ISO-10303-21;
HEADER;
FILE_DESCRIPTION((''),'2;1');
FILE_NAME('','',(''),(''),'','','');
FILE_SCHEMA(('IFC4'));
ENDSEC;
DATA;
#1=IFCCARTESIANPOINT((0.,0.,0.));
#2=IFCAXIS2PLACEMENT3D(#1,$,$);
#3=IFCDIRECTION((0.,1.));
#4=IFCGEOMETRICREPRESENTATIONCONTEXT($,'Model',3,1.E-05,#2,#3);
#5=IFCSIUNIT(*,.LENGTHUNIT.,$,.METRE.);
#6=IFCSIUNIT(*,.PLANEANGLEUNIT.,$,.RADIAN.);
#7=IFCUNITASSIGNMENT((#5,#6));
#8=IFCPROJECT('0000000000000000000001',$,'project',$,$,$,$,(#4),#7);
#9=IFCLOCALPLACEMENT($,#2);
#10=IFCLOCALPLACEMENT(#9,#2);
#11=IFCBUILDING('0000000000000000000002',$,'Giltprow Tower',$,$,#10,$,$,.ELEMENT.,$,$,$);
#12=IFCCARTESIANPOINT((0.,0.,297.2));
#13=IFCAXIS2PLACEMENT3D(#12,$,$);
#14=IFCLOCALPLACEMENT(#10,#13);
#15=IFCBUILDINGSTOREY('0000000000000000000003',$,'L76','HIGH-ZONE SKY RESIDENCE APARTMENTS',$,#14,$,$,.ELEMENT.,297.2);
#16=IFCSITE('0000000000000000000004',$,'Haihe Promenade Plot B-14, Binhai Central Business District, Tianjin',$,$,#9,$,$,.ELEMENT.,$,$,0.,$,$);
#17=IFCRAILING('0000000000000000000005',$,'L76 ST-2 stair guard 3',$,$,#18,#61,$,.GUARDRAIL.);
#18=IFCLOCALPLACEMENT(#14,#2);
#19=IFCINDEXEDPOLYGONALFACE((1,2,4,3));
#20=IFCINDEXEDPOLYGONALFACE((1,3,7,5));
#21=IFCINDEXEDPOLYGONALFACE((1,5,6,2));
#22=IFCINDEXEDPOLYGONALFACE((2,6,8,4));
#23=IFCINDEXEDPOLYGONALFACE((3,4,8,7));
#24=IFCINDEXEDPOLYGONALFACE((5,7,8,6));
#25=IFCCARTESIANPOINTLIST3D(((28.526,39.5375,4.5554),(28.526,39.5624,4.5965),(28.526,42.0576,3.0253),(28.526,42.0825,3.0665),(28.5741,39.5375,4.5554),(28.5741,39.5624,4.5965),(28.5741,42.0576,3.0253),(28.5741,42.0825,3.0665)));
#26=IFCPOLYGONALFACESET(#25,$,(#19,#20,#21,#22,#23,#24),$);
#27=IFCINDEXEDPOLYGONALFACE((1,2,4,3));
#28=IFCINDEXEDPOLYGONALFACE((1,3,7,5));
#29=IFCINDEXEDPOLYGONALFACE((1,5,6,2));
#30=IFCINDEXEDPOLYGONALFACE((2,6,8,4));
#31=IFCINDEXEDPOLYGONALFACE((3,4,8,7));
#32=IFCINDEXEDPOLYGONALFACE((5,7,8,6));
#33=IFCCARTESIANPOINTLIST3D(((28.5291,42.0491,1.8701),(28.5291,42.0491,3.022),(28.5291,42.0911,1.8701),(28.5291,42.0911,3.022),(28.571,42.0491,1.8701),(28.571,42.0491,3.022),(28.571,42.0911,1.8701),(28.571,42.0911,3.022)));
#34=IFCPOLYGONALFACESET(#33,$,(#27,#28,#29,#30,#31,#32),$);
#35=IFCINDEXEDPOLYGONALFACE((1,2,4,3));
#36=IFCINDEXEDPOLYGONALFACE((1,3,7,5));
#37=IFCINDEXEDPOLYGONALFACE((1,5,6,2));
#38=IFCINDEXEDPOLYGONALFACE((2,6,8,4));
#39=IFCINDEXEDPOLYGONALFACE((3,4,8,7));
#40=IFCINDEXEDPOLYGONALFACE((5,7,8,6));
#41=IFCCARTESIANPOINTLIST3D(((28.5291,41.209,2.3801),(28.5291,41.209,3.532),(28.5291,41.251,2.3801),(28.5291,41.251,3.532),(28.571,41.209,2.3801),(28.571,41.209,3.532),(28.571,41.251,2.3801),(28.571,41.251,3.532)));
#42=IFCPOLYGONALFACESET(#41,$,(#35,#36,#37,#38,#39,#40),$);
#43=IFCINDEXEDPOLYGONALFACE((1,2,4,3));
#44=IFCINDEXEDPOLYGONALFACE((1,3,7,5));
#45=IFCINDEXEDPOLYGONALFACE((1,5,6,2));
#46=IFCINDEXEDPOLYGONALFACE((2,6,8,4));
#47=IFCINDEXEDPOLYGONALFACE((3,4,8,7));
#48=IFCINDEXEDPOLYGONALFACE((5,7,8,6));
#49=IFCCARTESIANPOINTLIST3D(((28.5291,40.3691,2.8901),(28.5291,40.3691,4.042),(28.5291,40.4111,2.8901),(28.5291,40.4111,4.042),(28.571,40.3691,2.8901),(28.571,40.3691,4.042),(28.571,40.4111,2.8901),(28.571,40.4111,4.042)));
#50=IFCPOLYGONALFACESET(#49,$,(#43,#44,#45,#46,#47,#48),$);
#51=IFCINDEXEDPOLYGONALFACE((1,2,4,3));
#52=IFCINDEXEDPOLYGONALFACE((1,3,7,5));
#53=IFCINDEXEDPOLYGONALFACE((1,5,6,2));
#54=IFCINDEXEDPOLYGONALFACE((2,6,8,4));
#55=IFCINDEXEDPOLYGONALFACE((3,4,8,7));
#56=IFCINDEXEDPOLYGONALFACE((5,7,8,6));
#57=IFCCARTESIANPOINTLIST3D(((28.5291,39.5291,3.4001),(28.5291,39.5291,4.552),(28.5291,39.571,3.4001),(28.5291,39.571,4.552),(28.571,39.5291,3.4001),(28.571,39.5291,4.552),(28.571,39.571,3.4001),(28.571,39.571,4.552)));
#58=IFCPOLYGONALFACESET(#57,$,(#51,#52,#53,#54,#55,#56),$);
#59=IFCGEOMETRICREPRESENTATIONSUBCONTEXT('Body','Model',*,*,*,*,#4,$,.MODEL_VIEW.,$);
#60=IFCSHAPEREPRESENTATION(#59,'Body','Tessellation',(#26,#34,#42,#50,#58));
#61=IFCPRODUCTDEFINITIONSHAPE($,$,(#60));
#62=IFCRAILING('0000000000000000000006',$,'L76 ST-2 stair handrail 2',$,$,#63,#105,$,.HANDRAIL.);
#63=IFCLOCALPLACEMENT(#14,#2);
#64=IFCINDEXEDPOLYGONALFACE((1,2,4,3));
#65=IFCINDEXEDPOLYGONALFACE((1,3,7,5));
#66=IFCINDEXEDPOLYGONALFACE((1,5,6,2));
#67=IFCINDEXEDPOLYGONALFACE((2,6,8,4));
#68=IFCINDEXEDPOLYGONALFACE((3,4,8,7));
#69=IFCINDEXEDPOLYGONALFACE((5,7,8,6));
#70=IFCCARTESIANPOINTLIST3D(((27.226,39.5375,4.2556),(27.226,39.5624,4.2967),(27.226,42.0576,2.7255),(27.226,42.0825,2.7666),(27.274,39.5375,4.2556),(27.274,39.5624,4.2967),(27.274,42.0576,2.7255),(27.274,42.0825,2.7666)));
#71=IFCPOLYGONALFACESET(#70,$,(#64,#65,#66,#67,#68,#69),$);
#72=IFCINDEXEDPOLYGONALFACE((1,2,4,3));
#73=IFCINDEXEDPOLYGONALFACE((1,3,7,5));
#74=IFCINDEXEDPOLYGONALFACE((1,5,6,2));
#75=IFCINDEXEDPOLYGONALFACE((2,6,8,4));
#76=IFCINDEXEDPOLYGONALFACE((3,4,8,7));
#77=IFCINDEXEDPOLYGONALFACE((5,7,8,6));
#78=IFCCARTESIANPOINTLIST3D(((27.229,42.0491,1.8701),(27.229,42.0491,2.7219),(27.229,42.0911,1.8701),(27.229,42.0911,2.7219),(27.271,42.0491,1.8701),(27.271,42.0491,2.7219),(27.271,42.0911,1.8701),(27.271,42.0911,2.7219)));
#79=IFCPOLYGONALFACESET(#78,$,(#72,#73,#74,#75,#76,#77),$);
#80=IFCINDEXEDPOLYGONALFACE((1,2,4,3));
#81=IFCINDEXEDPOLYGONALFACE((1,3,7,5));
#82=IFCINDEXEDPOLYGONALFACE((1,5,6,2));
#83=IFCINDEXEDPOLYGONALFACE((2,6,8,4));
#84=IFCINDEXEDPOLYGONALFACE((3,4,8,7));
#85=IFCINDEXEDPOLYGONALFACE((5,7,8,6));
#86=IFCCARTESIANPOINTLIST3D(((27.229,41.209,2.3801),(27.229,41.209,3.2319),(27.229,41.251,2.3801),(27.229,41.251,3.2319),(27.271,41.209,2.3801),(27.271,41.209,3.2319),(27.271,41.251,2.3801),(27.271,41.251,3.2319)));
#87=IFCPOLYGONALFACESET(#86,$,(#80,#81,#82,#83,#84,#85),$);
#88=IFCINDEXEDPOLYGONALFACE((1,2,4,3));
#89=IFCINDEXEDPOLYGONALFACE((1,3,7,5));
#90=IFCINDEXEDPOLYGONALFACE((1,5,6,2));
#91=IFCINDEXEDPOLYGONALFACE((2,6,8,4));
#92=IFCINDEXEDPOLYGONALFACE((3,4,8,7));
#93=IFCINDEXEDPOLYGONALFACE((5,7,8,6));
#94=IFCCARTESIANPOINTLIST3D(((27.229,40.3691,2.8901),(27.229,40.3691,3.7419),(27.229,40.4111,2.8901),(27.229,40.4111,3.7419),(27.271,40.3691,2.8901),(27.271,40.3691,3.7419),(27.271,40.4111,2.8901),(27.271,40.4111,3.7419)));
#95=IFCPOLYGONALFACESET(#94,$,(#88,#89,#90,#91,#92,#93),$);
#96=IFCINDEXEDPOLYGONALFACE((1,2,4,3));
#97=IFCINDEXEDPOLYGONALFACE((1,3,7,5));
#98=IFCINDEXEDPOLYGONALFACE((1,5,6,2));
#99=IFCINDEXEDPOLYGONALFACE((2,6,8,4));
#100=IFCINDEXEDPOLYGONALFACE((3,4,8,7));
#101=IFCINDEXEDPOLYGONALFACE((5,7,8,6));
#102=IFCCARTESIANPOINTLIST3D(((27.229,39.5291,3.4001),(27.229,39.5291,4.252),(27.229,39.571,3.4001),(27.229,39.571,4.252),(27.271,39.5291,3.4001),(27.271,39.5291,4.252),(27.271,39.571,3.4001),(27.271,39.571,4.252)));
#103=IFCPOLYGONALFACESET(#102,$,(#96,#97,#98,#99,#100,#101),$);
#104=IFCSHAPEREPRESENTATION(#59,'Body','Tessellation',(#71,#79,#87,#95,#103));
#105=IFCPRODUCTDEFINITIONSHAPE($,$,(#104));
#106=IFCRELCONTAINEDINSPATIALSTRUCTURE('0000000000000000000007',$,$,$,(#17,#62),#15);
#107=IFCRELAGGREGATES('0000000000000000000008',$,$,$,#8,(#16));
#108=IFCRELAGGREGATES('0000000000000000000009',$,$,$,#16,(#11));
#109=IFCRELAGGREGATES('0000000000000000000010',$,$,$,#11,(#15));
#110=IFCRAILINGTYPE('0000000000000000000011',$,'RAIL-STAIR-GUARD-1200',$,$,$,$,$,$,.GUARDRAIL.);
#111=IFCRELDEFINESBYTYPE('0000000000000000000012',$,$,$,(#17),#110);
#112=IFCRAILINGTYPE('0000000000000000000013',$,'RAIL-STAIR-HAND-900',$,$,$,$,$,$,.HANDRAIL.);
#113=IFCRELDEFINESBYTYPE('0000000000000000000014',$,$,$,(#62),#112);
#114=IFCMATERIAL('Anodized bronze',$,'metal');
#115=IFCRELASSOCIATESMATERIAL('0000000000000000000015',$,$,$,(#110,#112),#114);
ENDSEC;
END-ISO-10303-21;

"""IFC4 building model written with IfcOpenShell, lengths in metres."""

from ifc_helpers import new_model, si_unit, direction, frame, origin, origin_2d, place, context, subcontext, project, spatial, rectangle, extrude, material, type_object, element, save


model = new_model("IFC4")

# Units and contexts
model_context = context("Model", 3, precision=1e-05, world=origin(), true_north=direction((0.0, 1.0)))
body_context = subcontext(model_context, "Body", "Model", "MODEL_VIEW")
ifc_project = project(units=[si_unit("LENGTHUNIT", "METRE"), si_unit("PLANEANGLEUNIT", "RADIAN")], contexts=[model_context])

# Site, building, storey
site_placement = place(None, origin())
site = spatial("IfcSite", under=ifc_project, at=site_placement, Name="Haihe Promenade Plot B-14, Binhai Central Business District, Tianjin", CompositionType="ELEMENT", RefElevation=0.0)
building_placement = place(site_placement, origin())
building = spatial("IfcBuilding", under=site, at=building_placement, Name="Giltprow Tower", CompositionType="ELEMENT")
storey_placement = place(building_placement, frame((0.0, 0.0, 297.2)))
storey = spatial("IfcBuildingStorey", under=building, at=storey_placement, Name="L76", Description="HIGH-ZONE SKY RESIDENCE APARTMENTS", CompositionType="ELEMENT", Elevation=297.2)

# Railings
ifc_material_1 = material(Name="Anodized bronze", Category="metal")
railing_type_1 = type_object("IfcRailingType", Name="RAIL-STAIR-GUARD-1200", PredefinedType="GUARDRAIL", material=ifc_material_1)
railing_1_placement = place(storey_placement, frame((28.55, 42.0701, 1.8701)))
element("IfcRailing", 1, at=railing_1_placement, inside=storey, type_object=railing_type_1, Name="L76 ST-2 stair guard 3", PredefinedType="GUARDRAIL", context=body_context, shape_type="SweptSolid", body=[
    extrude(rectangle(XDim=0.0481, YDim=0.0481, at=origin_2d()), frame((0.0, 0.0, 1.1758), z_axis=(0.0, -0.854785, 0.518982), x_axis=(1.0, 0.0, 0.0)), (0.0, 0.0, 1.0), 2.9482),
    extrude(rectangle(XDim=0.042, YDim=0.042, at=origin_2d()), origin(), (0.0, 0.0, 1.0), 1.1519),
    extrude(rectangle(XDim=0.042, YDim=0.042, at=origin_2d()), frame((0.0, -0.8401, 0.51)), (0.0, 0.0, 1.0), 1.1519),
    extrude(rectangle(XDim=0.042, YDim=0.042, at=origin_2d()), frame((0.0, -1.6799, 1.02)), (0.0, 0.0, 1.0), 1.1519),
    extrude(rectangle(XDim=0.042, YDim=0.042, at=origin_2d()), frame((0.0, -2.52, 1.53)), (0.0, 0.0, 1.0), 1.1519),
])
railing_type_2 = type_object("IfcRailingType", Name="RAIL-STAIR-HAND-900", PredefinedType="HANDRAIL", material=ifc_material_1)
railing_2_placement = place(storey_placement, frame((27.25, 42.0701, 1.8701)))
element("IfcRailing", 2, at=railing_2_placement, inside=storey, type_object=railing_type_2, Name="L76 ST-2 stair handrail 2", PredefinedType="HANDRAIL", context=body_context, shape_type="SweptSolid", body=[
    extrude(rectangle(XDim=0.0481, YDim=0.0481, at=origin_2d()), frame((0.0, 0.0, 0.876), z_axis=(0.0, -0.854785, 0.518982), x_axis=(1.0, 0.0, 0.0)), (0.0, 0.0, 1.0), 2.9482),
    extrude(rectangle(XDim=0.042, YDim=0.042, at=origin_2d()), origin(), (0.0, 0.0, 1.0), 0.8518),
    extrude(rectangle(XDim=0.042, YDim=0.042, at=origin_2d()), frame((0.0, -0.8401, 0.51)), (0.0, 0.0, 1.0), 0.8518),
    extrude(rectangle(XDim=0.042, YDim=0.042, at=origin_2d()), frame((0.0, -1.6799, 1.02)), (0.0, 0.0, 1.0), 0.8518),
    extrude(rectangle(XDim=0.042, YDim=0.042, at=origin_2d()), frame((0.0, -2.52, 1.53)), (0.0, 0.0, 1.0), 0.8518),
])

save(model, "model.ifc")
